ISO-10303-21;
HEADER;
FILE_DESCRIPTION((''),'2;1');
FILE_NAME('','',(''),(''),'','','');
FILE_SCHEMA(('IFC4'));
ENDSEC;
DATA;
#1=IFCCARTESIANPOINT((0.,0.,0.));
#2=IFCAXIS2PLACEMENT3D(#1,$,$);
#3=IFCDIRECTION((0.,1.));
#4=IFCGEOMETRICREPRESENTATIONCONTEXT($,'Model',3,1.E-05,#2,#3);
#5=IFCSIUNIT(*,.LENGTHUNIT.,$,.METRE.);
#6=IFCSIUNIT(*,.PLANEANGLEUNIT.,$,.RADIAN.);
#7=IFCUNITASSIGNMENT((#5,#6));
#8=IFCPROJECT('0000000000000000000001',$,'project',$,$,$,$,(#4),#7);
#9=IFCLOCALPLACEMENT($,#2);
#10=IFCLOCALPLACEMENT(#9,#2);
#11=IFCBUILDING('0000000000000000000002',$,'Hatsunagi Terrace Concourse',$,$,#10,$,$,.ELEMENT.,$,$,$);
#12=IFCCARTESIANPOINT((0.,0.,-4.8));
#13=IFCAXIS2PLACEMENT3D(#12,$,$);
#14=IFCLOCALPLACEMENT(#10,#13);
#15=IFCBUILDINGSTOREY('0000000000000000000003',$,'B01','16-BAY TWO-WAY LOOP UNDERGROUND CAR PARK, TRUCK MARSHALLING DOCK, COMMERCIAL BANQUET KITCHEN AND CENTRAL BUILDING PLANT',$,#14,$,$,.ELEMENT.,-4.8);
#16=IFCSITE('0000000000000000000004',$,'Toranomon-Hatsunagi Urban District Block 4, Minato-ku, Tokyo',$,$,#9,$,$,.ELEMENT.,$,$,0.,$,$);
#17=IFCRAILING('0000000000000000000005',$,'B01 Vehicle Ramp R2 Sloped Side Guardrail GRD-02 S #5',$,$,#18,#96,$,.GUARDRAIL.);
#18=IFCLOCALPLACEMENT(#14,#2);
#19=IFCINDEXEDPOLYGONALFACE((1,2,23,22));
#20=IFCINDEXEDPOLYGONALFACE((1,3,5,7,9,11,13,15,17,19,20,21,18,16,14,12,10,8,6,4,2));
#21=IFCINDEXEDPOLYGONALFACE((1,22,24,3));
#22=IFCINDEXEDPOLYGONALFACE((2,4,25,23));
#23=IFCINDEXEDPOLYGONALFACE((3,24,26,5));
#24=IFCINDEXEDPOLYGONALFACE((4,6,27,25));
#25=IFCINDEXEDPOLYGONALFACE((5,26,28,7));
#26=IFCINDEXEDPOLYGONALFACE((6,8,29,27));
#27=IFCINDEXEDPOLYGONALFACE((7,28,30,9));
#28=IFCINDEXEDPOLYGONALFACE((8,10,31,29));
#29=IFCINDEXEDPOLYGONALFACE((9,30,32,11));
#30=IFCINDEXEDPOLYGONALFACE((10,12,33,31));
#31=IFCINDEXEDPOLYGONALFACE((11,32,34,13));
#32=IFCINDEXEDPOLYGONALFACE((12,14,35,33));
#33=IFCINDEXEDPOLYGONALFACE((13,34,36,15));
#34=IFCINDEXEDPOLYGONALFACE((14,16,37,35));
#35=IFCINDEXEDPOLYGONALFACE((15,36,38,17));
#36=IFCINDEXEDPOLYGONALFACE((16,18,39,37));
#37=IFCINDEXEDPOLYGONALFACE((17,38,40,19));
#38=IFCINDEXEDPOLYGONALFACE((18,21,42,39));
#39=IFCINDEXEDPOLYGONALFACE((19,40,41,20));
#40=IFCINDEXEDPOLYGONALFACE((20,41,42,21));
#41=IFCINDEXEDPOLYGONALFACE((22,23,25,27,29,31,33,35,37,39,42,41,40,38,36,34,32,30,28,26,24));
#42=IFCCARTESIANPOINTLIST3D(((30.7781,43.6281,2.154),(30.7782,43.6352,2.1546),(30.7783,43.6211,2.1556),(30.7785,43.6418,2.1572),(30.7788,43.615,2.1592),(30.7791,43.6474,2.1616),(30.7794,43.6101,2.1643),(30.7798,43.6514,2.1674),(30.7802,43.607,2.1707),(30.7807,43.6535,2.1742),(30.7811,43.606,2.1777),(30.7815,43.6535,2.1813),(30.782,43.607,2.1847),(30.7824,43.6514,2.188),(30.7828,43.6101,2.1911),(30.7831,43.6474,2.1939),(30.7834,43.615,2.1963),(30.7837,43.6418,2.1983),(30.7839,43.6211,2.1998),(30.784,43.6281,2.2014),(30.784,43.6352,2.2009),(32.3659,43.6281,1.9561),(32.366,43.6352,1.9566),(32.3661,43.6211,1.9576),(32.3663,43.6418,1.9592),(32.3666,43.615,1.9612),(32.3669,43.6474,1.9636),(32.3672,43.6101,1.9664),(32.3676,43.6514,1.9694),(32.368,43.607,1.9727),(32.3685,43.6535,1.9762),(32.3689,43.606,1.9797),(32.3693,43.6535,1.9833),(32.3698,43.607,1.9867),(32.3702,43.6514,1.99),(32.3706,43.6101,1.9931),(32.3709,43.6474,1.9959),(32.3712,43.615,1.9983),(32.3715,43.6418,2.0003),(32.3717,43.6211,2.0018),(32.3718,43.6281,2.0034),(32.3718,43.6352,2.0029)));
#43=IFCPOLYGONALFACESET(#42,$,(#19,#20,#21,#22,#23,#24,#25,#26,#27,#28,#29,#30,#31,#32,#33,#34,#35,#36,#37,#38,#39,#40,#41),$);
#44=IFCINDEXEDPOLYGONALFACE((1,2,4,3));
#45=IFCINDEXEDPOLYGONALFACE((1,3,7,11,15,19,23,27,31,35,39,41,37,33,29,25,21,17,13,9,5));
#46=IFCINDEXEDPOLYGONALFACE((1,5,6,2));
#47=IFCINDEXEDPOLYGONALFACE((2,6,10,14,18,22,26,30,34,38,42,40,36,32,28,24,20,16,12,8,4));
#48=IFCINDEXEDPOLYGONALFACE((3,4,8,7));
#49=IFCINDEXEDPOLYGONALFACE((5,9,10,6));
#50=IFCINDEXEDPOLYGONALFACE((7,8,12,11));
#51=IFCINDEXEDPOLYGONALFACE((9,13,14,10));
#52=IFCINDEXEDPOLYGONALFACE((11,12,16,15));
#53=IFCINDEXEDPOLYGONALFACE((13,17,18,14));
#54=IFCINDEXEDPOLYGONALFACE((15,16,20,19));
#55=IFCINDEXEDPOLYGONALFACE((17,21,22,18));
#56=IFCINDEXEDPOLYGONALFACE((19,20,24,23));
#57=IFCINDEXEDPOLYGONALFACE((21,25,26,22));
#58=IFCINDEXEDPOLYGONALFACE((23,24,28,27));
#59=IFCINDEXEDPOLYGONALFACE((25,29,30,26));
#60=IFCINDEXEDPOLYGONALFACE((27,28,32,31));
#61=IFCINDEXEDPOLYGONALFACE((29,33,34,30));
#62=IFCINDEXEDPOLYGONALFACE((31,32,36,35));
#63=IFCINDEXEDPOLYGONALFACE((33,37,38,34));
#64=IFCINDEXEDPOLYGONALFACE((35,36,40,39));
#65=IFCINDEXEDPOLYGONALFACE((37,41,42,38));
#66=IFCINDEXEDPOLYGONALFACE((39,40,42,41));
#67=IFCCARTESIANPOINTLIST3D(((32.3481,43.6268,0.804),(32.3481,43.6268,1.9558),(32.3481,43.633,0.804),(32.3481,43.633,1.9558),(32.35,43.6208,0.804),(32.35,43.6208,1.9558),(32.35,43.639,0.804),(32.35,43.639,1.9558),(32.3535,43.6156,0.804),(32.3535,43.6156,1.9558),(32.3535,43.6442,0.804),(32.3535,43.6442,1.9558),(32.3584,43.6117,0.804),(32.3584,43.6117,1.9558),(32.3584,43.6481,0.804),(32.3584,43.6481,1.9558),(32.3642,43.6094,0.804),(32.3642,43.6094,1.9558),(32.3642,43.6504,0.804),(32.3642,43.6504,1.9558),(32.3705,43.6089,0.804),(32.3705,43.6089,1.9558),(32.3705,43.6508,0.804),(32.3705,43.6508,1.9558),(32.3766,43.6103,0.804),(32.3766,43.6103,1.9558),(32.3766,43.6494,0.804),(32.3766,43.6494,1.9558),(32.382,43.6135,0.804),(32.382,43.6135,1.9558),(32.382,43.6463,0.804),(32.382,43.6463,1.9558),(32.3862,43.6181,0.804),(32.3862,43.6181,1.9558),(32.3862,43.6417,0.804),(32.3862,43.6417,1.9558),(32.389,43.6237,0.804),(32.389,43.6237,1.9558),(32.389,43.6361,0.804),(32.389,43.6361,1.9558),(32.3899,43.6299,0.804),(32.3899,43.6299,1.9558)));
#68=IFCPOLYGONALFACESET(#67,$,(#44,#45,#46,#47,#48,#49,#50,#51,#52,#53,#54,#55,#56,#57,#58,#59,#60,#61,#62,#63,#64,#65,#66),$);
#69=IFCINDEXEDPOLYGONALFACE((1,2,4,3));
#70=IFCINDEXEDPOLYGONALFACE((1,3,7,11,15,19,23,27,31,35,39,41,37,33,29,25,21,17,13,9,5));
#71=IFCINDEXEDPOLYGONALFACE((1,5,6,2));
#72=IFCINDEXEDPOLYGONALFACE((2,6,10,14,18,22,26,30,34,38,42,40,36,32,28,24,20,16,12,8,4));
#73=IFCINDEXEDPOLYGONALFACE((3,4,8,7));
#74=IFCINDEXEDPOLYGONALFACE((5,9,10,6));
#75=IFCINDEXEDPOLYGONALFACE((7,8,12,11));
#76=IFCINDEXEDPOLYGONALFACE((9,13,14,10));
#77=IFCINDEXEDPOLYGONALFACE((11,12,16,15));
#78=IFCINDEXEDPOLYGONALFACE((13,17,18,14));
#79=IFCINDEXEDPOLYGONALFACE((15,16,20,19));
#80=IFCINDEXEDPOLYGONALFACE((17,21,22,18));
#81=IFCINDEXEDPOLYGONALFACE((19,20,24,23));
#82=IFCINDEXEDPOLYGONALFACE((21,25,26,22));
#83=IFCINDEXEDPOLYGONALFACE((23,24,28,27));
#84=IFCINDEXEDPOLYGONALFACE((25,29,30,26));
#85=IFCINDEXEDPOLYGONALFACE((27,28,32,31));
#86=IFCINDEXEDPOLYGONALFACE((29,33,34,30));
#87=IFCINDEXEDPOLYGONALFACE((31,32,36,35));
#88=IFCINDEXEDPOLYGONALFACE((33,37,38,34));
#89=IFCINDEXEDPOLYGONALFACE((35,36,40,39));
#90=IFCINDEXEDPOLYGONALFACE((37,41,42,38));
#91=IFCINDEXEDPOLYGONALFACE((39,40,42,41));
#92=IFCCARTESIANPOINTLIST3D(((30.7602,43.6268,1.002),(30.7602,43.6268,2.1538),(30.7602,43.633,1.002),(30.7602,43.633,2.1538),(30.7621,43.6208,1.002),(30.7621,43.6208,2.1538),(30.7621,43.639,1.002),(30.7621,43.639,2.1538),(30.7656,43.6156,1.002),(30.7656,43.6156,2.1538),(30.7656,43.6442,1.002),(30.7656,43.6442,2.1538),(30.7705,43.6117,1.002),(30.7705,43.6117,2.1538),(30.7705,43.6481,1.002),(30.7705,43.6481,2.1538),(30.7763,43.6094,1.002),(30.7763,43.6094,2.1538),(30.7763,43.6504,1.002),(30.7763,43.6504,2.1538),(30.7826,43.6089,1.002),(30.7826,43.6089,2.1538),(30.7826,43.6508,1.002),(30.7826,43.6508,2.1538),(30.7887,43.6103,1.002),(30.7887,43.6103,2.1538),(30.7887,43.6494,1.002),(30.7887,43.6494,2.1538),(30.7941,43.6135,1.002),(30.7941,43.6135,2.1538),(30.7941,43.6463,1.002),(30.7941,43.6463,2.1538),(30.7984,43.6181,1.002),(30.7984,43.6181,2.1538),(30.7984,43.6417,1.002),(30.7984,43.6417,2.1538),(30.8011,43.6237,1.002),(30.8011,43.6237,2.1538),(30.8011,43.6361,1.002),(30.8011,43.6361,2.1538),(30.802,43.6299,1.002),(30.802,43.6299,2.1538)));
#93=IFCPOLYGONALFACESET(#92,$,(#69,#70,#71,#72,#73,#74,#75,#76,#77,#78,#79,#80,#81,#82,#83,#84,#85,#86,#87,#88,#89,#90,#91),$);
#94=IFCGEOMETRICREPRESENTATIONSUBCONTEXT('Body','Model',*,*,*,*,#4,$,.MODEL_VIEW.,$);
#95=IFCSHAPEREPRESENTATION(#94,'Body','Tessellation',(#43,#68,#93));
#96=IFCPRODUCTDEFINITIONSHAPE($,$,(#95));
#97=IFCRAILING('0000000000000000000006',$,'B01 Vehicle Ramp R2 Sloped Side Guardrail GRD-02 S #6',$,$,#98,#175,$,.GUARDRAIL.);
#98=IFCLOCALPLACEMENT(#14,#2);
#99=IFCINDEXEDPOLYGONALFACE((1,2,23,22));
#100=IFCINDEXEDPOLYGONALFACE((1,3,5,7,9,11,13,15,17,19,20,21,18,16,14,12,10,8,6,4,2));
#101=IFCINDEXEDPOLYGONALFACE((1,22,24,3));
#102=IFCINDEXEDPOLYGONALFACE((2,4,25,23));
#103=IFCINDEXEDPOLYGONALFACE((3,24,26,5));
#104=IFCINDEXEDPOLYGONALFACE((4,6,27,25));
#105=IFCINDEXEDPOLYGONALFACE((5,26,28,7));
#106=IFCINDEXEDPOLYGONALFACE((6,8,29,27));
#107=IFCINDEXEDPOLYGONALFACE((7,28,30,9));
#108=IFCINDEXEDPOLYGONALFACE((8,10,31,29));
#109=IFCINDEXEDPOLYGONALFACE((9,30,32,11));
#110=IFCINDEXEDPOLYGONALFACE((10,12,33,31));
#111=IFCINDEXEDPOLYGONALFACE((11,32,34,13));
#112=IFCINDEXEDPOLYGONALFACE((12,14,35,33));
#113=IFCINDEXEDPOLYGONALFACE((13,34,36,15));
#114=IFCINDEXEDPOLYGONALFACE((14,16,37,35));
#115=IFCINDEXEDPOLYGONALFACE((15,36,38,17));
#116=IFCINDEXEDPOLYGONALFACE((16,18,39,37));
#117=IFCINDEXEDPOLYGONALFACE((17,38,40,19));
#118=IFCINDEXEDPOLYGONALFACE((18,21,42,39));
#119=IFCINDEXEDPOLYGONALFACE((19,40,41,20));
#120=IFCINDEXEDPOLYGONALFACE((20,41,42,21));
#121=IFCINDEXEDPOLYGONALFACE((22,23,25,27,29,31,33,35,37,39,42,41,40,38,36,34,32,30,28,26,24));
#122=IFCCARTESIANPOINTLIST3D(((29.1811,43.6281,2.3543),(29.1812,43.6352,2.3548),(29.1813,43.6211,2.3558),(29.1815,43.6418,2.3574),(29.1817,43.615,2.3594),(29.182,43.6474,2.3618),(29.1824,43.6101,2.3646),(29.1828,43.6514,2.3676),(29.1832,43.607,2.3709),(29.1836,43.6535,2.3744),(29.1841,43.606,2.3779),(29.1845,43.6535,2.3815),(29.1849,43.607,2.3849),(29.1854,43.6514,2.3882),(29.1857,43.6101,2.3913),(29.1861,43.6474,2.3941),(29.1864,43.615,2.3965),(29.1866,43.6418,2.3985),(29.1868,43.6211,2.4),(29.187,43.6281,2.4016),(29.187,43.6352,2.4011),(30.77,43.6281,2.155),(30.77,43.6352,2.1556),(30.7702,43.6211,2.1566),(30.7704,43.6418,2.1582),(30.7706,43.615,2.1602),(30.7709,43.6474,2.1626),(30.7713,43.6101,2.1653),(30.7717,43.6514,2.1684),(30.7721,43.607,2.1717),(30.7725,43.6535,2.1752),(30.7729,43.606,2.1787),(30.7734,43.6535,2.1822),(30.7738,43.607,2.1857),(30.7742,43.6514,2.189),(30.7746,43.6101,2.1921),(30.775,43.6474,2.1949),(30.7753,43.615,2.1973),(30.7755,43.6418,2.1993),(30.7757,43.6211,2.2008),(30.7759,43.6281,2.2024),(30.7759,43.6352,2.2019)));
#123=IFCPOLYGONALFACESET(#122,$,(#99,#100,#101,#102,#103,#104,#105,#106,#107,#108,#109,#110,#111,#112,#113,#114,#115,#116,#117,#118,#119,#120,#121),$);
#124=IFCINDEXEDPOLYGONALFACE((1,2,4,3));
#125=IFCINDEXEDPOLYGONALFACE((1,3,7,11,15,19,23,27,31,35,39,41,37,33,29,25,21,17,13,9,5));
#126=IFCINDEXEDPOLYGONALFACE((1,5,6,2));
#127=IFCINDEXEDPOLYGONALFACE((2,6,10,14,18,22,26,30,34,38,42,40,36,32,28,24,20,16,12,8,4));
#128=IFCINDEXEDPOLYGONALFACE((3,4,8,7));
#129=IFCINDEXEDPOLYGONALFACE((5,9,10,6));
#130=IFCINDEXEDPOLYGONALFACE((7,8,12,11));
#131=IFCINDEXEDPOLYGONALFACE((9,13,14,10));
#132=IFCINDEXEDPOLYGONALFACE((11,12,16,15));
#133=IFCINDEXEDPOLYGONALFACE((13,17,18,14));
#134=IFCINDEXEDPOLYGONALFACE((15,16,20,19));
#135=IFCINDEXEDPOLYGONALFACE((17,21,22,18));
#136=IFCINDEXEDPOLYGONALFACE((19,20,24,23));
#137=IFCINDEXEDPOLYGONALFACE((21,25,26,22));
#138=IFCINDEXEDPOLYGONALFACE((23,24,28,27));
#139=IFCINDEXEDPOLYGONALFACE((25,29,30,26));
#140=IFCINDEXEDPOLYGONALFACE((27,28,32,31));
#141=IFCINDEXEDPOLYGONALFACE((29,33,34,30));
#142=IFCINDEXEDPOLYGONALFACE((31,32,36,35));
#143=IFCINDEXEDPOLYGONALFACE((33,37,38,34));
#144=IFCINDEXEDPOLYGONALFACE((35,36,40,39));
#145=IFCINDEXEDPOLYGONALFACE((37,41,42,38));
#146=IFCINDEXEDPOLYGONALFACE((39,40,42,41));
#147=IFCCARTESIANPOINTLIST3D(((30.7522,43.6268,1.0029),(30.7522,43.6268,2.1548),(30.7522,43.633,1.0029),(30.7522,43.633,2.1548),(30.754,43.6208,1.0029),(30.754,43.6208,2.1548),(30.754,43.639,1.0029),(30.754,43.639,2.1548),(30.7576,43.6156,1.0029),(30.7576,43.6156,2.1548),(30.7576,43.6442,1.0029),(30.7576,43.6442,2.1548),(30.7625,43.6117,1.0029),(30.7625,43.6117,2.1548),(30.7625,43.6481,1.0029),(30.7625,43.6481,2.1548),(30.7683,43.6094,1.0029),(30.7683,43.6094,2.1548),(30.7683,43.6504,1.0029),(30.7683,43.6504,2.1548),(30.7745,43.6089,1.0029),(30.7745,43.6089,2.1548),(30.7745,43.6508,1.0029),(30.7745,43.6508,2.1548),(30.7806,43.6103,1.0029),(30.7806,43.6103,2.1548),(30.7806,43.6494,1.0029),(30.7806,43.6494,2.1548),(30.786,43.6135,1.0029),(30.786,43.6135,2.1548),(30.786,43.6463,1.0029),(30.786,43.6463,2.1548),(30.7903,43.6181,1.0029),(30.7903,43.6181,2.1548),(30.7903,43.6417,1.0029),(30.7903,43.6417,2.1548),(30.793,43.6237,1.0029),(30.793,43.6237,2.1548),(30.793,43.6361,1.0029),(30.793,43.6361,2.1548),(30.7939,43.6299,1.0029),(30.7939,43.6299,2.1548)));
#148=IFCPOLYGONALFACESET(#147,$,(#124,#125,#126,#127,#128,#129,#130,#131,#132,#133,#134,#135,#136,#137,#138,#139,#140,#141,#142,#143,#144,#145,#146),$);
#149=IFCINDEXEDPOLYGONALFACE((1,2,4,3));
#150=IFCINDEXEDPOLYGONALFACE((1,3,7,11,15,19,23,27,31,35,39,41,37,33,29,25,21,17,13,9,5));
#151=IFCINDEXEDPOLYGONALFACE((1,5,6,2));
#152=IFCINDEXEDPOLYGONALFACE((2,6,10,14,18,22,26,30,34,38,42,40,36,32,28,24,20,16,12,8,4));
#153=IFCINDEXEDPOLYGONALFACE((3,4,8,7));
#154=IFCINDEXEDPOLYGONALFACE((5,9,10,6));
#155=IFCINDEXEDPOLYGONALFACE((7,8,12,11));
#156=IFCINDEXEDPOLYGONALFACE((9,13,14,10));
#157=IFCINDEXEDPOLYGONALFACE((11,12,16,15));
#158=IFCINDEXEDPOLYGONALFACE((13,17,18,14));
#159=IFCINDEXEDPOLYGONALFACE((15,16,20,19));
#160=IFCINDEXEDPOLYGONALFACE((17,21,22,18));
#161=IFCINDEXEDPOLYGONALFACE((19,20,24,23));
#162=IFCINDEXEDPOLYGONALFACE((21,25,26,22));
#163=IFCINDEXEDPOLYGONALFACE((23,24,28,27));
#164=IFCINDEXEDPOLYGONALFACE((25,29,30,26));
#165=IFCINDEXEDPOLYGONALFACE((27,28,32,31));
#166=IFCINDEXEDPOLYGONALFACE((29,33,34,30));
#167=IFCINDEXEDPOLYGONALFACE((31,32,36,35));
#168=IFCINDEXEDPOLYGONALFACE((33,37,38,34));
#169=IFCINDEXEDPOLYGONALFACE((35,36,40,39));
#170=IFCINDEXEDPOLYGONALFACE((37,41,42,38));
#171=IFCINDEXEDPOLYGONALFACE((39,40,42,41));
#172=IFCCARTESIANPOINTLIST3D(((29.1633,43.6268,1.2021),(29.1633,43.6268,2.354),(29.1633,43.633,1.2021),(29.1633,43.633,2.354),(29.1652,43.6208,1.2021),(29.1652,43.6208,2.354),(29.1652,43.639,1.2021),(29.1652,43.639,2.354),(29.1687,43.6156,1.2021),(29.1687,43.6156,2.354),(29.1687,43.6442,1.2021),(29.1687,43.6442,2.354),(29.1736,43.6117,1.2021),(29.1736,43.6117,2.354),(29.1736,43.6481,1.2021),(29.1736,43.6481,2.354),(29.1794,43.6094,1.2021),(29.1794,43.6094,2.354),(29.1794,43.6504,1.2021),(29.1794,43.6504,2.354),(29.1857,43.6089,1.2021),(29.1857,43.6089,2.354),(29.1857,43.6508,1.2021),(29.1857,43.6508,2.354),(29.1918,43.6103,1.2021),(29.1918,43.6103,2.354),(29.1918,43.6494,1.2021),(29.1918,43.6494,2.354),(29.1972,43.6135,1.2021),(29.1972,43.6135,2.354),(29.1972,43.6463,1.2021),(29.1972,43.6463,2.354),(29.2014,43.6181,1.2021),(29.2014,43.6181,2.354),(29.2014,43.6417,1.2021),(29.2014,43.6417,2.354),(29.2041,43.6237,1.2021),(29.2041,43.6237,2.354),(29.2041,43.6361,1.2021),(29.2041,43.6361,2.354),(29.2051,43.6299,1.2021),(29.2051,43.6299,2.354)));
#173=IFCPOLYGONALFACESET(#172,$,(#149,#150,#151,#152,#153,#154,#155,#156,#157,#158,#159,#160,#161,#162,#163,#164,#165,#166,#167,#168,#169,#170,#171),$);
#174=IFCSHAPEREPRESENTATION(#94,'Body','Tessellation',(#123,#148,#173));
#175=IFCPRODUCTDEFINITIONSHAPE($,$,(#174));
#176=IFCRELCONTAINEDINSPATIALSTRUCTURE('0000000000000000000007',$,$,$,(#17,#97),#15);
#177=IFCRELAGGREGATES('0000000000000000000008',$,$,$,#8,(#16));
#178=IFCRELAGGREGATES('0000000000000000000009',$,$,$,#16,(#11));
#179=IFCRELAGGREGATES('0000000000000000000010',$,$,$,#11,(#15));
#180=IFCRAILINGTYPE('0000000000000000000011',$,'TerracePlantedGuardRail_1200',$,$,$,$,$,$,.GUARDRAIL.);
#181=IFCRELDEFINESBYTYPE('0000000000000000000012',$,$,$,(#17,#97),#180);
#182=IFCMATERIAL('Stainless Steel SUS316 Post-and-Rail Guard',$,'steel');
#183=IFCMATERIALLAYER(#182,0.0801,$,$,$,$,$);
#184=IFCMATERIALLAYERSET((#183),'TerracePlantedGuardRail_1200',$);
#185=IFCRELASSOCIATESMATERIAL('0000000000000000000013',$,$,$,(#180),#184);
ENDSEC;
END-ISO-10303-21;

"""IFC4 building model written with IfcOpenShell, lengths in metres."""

from ifc_helpers import new_model, si_unit, direction, frame, origin, origin_2d, place, context, subcontext, project, spatial, circle, extrude, material, layer, layer_set, type_object, element, save


model = new_model("IFC4")

# Units and contexts
model_context = context("Model", 3, precision=1e-05, world=origin(), true_north=direction((0.0, 1.0)))
body_context = subcontext(model_context, "Body", "Model", "MODEL_VIEW")
ifc_project = project(units=[si_unit("LENGTHUNIT", "METRE"), si_unit("PLANEANGLEUNIT", "RADIAN")], contexts=[model_context])

# Site, building, storey
site_placement = place(None, origin())
site = spatial("IfcSite", under=ifc_project, at=site_placement, Name="Toranomon-Hatsunagi Urban District Block 4, Minato-ku, Tokyo", CompositionType="ELEMENT", RefElevation=0.0)
building_placement = place(site_placement, origin())
building = spatial("IfcBuilding", under=site, at=building_placement, Name="Hatsunagi Terrace Concourse", CompositionType="ELEMENT")
storey_placement = place(building_placement, frame((0.0, 0.0, -4.8)))
storey = spatial("IfcBuildingStorey", under=building, at=storey_placement, Name="B01", Description="16-BAY TWO-WAY LOOP UNDERGROUND CAR PARK, TRUCK MARSHALLING DOCK, COMMERCIAL BANQUET KITCHEN AND CENTRAL BUILDING PLANT", CompositionType="ELEMENT", Elevation=-4.8)

# Railings
ifc_material_1 = material(Name="Stainless Steel SUS316 Post-and-Rail Guard", Category="steel")
ifc_layer = layer(ifc_material_1, 0.0801)
ifc_layer_set = layer_set([ifc_layer], Name="TerracePlantedGuardRail_1200")
railing_type = type_object("IfcRailingType", Name="TerracePlantedGuardRail_1200", PredefinedType="GUARDRAIL", material=ifc_layer_set)
railing_1_placement = place(storey_placement, frame((32.3689, 43.6299, 0.804)))
element("IfcRailing", 1, at=railing_1_placement, inside=storey, type_object=railing_type, Name="B01 Vehicle Ramp R2 Sloped Side Guardrail GRD-02 S #5", PredefinedType="GUARDRAIL", context=body_context, shape_type="SweptSolid", body=[
    extrude(circle(Radius=0.0239, at=origin_2d()), frame((0.0, 0.0, 1.1758), z_axis=(-0.992315, 0.0, 0.123734), x_axis=(0.0, -1.0, 0.0)), (0.0, 0.0, 1.0), 1.6001),
    extrude(circle(Radius=0.021, at=origin_2d()), origin(), (0.0, 0.0, 1.0), 1.1519),
    extrude(circle(Radius=0.021, at=origin_2d()), frame((-1.5879, 0.0, 0.198)), (0.0, 0.0, 1.0), 1.1519),
])
railing_2_placement = place(storey_placement, frame((30.7729, 43.6299, 1.0029)))
element("IfcRailing", 2, at=railing_2_placement, inside=storey, type_object=railing_type, Name="B01 Vehicle Ramp R2 Sloped Side Guardrail GRD-02 S #6", PredefinedType="GUARDRAIL", context=body_context, shape_type="SweptSolid", body=[
    extrude(circle(Radius=0.0239, at=origin_2d()), frame((0.0, 0.0, 1.1758), z_axis=(-0.992231, 0.0, 0.12441), x_axis=(0.0, -1.0, 0.0)), (0.0, 0.0, 1.0), 1.6013),
    extrude(circle(Radius=0.021, at=origin_2d()), origin(), (0.0, 0.0, 1.0), 1.1519),
    extrude(circle(Radius=0.021, at=origin_2d()), frame((-1.5889, 0.0, 0.1992)), (0.0, 0.0, 1.0), 1.1519),
])

save(model, "model.ifc")
